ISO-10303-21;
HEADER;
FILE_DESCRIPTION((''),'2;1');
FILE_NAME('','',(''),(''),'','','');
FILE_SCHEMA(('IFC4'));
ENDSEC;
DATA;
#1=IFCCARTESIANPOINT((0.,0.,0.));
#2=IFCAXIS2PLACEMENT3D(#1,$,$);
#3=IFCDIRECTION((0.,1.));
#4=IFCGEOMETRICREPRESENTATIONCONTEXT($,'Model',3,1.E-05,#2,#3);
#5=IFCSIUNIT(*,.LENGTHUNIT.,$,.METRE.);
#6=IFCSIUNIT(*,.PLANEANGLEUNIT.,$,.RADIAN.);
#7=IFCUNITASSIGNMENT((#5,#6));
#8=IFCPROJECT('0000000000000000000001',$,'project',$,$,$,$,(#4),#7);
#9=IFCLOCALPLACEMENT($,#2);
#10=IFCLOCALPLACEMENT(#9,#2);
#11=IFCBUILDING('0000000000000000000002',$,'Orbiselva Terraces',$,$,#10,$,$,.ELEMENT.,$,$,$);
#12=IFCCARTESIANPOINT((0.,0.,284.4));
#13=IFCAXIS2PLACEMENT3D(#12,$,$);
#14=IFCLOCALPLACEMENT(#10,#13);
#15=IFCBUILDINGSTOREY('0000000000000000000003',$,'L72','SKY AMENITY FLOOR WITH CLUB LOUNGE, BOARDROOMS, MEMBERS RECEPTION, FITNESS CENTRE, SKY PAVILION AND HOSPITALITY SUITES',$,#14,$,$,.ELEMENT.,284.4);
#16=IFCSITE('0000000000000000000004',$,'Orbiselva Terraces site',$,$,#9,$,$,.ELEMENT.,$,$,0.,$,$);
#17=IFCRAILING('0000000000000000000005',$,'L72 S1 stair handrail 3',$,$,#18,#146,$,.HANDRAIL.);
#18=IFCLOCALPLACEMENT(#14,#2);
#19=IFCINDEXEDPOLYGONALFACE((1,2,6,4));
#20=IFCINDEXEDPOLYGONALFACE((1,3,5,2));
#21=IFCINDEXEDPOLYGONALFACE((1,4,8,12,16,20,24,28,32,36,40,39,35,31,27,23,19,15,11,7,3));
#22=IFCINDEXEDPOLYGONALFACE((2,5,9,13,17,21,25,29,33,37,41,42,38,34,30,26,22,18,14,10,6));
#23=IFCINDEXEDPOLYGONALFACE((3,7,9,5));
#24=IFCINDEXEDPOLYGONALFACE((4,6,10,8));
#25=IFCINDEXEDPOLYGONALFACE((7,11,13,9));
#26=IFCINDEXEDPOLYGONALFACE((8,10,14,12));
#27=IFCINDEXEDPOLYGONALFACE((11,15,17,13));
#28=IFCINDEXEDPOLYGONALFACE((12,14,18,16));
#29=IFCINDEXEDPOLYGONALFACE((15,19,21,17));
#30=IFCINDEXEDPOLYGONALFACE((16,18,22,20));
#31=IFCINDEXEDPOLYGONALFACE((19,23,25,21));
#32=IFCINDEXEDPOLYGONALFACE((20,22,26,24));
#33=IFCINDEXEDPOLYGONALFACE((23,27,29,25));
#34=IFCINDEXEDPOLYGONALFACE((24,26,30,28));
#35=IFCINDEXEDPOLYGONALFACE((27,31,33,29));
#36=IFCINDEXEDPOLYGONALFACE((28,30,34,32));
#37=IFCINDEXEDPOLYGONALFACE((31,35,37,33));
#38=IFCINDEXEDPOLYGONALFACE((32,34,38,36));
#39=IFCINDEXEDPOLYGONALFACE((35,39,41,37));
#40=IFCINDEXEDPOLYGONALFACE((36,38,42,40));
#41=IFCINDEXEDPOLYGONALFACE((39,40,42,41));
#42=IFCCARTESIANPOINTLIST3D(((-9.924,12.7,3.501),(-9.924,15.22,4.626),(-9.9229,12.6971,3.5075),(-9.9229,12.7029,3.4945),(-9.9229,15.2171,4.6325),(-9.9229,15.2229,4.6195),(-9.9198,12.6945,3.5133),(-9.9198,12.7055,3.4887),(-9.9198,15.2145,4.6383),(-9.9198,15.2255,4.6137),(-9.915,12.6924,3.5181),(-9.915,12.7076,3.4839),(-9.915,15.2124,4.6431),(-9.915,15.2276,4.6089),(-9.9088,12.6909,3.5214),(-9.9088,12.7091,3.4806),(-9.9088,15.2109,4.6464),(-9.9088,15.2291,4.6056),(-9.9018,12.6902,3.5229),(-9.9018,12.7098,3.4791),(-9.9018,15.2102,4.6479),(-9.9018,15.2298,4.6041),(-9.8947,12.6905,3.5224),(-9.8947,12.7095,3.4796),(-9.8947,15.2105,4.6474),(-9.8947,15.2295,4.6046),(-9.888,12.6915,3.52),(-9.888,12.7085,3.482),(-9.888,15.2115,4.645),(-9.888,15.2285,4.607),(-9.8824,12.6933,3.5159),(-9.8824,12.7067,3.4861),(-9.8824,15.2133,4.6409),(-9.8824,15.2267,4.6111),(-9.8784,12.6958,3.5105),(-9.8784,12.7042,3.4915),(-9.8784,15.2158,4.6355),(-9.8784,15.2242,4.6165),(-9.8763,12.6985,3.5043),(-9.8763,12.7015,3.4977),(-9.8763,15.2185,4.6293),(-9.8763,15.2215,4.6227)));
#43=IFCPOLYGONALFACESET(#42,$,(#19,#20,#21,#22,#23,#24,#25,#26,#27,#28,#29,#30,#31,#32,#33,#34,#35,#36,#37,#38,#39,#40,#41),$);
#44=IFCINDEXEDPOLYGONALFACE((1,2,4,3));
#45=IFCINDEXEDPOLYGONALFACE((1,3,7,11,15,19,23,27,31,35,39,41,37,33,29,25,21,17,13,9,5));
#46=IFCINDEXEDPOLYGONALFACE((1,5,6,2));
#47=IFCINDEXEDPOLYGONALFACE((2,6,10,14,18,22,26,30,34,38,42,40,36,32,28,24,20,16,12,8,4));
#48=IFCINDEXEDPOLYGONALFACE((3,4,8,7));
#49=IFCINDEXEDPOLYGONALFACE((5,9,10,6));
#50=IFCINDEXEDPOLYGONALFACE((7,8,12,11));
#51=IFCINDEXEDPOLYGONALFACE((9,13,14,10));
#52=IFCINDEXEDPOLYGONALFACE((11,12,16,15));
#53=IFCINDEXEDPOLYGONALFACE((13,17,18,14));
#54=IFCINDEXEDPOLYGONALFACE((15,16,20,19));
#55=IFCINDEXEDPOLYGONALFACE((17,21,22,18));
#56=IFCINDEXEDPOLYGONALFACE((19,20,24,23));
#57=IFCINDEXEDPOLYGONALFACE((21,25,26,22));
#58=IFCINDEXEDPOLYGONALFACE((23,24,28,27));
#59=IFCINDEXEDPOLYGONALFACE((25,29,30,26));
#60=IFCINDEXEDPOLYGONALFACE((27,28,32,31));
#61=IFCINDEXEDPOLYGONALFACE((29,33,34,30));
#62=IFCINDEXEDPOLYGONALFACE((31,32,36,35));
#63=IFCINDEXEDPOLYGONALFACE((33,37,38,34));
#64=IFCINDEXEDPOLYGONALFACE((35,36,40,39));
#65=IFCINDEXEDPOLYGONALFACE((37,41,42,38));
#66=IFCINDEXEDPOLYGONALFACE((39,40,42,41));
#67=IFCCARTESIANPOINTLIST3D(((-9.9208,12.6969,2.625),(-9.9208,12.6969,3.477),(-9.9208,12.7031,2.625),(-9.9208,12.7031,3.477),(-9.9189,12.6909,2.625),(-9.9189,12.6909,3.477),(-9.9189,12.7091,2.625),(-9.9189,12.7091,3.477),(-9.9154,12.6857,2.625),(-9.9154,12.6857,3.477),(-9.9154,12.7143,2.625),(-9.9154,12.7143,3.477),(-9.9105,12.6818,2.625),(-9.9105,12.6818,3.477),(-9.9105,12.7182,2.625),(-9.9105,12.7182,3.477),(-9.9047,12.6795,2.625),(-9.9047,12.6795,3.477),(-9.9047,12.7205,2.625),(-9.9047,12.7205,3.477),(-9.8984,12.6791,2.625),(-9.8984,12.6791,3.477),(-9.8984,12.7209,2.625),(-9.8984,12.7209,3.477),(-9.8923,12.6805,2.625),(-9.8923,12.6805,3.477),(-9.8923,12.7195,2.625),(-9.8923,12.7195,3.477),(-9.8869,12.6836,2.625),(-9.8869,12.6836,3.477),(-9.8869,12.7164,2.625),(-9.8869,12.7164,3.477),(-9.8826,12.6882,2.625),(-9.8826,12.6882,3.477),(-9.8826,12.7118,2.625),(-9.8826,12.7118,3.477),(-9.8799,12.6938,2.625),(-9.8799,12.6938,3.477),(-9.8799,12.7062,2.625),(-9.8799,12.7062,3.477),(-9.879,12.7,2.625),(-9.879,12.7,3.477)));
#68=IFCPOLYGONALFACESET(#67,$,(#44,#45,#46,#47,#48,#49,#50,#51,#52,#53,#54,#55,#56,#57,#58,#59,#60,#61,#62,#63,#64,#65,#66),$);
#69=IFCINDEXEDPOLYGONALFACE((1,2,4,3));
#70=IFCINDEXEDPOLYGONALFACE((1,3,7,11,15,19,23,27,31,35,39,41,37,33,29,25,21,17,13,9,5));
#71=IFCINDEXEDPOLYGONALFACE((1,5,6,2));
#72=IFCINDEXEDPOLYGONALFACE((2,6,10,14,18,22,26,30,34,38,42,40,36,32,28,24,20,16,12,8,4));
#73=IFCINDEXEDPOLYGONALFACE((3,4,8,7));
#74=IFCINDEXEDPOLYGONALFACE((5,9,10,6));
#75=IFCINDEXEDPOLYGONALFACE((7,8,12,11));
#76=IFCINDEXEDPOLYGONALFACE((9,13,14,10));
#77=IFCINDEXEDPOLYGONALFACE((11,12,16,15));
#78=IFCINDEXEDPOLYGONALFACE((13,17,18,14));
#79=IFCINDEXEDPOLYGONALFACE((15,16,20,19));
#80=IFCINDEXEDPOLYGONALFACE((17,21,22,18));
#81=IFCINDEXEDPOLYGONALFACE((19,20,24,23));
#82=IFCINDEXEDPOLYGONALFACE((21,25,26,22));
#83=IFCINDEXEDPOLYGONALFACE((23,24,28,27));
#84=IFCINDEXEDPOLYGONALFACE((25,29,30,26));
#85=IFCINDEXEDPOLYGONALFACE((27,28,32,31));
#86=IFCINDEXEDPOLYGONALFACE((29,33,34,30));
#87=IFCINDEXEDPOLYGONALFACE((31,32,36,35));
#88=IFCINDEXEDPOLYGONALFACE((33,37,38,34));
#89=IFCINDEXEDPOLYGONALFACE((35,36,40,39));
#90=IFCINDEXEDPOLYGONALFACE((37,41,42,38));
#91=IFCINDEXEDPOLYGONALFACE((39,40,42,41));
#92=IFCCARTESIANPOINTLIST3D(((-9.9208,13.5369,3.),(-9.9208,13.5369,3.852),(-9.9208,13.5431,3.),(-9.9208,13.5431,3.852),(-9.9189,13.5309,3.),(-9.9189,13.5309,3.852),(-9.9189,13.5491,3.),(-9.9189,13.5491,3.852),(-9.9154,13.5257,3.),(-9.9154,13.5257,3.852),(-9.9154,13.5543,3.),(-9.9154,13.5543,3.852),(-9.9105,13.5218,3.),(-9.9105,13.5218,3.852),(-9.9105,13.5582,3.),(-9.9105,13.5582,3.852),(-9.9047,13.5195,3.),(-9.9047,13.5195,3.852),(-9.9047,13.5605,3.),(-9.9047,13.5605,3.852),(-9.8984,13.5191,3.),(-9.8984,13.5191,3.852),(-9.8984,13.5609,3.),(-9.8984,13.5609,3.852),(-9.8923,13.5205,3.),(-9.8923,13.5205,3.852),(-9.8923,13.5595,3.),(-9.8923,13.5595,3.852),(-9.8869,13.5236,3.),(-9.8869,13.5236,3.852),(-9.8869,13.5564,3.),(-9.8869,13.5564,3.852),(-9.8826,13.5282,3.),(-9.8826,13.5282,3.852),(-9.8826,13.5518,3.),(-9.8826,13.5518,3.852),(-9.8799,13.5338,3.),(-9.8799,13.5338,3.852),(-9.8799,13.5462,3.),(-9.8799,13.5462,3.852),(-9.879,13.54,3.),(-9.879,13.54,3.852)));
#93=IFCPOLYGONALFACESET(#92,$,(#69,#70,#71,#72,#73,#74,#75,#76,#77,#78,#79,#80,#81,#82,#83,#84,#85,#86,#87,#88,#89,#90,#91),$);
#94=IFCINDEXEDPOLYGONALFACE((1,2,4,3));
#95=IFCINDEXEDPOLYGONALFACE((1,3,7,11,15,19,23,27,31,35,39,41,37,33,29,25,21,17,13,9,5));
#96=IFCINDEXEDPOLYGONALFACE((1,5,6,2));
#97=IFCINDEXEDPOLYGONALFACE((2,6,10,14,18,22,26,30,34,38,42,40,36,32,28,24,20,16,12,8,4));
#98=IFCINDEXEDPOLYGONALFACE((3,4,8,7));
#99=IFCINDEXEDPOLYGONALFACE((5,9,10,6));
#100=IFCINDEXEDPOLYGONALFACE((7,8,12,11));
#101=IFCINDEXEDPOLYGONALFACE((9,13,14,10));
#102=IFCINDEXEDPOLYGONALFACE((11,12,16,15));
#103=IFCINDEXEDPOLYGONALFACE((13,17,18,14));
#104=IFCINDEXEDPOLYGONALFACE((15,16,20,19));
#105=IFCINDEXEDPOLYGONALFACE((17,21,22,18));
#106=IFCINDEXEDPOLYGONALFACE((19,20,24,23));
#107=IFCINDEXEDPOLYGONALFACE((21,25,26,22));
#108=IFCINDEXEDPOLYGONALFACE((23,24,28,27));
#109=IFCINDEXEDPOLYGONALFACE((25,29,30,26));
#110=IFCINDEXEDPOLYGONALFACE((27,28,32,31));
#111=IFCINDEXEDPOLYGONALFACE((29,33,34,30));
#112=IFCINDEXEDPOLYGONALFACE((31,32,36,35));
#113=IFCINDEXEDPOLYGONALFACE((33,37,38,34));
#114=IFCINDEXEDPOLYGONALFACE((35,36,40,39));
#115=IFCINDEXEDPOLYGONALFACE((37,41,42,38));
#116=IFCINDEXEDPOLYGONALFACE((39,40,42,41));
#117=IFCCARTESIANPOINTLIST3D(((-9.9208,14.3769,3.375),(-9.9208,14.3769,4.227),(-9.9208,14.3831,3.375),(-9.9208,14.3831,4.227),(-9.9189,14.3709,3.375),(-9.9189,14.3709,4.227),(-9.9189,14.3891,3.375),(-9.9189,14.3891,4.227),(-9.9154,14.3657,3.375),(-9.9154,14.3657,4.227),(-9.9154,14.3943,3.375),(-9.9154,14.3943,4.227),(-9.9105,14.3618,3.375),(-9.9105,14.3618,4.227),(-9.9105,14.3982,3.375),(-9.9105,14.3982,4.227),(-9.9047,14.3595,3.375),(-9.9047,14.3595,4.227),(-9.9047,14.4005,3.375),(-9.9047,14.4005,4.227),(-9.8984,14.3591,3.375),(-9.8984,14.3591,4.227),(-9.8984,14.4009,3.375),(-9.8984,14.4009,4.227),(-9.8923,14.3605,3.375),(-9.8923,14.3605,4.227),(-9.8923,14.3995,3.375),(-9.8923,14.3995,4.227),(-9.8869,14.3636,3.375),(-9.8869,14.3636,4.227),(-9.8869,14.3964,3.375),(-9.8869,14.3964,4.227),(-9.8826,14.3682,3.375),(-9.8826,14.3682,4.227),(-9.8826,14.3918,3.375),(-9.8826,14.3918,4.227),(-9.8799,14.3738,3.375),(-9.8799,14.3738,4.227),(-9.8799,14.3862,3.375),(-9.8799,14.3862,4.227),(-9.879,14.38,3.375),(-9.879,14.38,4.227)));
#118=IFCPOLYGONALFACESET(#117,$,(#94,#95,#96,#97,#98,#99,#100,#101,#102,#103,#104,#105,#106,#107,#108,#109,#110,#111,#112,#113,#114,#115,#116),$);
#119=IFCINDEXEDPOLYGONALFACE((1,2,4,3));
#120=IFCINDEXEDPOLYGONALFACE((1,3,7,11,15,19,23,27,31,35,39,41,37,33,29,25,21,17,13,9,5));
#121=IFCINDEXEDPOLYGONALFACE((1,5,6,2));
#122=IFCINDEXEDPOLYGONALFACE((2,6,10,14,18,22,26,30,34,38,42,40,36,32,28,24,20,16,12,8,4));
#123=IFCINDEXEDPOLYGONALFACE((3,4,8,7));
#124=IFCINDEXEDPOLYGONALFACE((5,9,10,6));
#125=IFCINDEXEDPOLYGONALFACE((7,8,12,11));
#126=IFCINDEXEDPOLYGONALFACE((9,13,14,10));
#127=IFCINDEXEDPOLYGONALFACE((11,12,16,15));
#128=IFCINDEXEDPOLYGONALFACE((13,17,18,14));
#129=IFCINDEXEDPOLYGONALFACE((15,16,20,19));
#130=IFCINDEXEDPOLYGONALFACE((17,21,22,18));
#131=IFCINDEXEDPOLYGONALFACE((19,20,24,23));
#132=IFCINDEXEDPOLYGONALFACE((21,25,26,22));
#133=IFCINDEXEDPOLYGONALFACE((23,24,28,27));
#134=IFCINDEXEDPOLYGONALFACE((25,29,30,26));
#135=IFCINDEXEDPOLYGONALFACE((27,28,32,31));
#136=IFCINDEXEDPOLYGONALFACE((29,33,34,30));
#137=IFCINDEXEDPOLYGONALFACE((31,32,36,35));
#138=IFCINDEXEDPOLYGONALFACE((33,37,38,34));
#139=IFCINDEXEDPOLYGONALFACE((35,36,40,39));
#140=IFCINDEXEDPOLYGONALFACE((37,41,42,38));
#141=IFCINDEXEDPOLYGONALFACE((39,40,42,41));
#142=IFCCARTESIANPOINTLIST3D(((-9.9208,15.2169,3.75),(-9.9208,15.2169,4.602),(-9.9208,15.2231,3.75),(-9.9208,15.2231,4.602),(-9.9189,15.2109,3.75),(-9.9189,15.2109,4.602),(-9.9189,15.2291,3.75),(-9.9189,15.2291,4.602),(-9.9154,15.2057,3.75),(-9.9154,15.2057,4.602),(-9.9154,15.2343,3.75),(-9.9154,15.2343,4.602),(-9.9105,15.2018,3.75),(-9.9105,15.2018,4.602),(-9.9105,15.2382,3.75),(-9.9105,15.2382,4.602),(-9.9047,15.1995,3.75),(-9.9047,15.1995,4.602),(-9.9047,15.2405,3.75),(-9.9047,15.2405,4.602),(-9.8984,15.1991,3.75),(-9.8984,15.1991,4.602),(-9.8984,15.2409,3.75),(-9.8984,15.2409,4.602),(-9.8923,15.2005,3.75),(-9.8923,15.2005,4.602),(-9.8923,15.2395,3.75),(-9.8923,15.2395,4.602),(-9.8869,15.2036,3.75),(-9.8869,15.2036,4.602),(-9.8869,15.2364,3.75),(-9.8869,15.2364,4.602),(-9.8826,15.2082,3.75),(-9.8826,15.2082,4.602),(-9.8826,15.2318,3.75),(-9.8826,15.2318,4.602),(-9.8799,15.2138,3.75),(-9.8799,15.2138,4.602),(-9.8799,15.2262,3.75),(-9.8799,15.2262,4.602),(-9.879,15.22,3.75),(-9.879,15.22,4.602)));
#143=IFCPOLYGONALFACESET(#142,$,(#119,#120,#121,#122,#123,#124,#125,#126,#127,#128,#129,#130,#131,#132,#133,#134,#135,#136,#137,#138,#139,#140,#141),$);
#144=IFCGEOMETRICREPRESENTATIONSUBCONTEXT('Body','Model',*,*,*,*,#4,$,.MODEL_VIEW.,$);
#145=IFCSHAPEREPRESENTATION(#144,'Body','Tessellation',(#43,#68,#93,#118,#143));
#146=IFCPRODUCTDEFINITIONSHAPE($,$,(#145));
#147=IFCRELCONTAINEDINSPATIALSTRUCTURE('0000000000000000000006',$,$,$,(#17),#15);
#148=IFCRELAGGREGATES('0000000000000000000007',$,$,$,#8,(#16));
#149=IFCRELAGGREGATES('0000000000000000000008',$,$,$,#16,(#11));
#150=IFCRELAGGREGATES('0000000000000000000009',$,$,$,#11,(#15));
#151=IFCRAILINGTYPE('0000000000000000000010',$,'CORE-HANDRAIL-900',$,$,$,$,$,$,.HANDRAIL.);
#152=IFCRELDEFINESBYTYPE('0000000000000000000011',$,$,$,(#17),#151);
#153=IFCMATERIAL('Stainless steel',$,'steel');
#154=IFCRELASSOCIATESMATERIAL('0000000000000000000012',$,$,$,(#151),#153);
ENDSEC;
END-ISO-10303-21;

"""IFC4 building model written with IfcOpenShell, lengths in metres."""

from ifc_helpers import new_model, si_unit, direction, frame, origin, origin_2d, place, context, subcontext, project, spatial, circle, extrude, material, type_object, element, save


model = new_model("IFC4")

# Units and contexts
model_context = context("Model", 3, precision=1e-05, world=origin(), true_north=direction((0.0, 1.0)))
body_context = subcontext(model_context, "Body", "Model", "MODEL_VIEW")
ifc_project = project(units=[si_unit("LENGTHUNIT", "METRE"), si_unit("PLANEANGLEUNIT", "RADIAN")], contexts=[model_context])

# Site, building, storey
site_placement = place(None, origin())
site = spatial("IfcSite", under=ifc_project, at=site_placement, Name="Orbiselva Terraces site", CompositionType="ELEMENT", RefElevation=0.0)
building_placement = place(site_placement, origin())
building = spatial("IfcBuilding", under=site, at=building_placement, Name="Orbiselva Terraces", CompositionType="ELEMENT")
storey_placement = place(building_placement, frame((0.0, 0.0, 284.4)))
storey = spatial("IfcBuildingStorey", under=building, at=storey_placement, Name="L72", Description="SKY AMENITY FLOOR WITH CLUB LOUNGE, BOARDROOMS, MEMBERS RECEPTION, FITNESS CENTRE, SKY PAVILION AND HOSPITALITY SUITES", CompositionType="ELEMENT", Elevation=284.4)

# Railing
ifc_material_1 = material(Name="Stainless steel", Category="steel")
railing_type_1 = type_object("IfcRailingType", Name="CORE-HANDRAIL-900", PredefinedType="HANDRAIL", material=ifc_material_1)
railing_1_placement = place(storey_placement, frame((-9.9, 12.7, 2.625)))
element("IfcRailing", 1, at=railing_1_placement, inside=storey, type_object=railing_type_1, Name="L72 S1 stair handrail 3", PredefinedType="HANDRAIL", context=body_context, shape_type="SweptSolid", body=[
    extrude(circle(Radius=0.024, at=origin_2d()), frame((0.0, 0.0, 0.876), z_axis=(0.0, 0.913138, 0.407651), x_axis=(-1.0, 0.0, 0.0)), (0.0, 0.0, 1.0), 2.7597),
    extrude(circle(Radius=0.021, at=origin_2d()), origin(), (0.0, 0.0, 1.0), 0.852),
    extrude(circle(Radius=0.021, at=origin_2d()), frame((0.0, 0.84, 0.375)), (0.0, 0.0, 1.0), 0.852),
    extrude(circle(Radius=0.021, at=origin_2d()), frame((0.0, 1.68, 0.75)), (0.0, 0.0, 1.0), 0.852),
    extrude(circle(Radius=0.021, at=origin_2d()), frame((0.0, 2.52, 1.125)), (0.0, 0.0, 1.0), 0.852),
])

save(model, "model.ifc")
